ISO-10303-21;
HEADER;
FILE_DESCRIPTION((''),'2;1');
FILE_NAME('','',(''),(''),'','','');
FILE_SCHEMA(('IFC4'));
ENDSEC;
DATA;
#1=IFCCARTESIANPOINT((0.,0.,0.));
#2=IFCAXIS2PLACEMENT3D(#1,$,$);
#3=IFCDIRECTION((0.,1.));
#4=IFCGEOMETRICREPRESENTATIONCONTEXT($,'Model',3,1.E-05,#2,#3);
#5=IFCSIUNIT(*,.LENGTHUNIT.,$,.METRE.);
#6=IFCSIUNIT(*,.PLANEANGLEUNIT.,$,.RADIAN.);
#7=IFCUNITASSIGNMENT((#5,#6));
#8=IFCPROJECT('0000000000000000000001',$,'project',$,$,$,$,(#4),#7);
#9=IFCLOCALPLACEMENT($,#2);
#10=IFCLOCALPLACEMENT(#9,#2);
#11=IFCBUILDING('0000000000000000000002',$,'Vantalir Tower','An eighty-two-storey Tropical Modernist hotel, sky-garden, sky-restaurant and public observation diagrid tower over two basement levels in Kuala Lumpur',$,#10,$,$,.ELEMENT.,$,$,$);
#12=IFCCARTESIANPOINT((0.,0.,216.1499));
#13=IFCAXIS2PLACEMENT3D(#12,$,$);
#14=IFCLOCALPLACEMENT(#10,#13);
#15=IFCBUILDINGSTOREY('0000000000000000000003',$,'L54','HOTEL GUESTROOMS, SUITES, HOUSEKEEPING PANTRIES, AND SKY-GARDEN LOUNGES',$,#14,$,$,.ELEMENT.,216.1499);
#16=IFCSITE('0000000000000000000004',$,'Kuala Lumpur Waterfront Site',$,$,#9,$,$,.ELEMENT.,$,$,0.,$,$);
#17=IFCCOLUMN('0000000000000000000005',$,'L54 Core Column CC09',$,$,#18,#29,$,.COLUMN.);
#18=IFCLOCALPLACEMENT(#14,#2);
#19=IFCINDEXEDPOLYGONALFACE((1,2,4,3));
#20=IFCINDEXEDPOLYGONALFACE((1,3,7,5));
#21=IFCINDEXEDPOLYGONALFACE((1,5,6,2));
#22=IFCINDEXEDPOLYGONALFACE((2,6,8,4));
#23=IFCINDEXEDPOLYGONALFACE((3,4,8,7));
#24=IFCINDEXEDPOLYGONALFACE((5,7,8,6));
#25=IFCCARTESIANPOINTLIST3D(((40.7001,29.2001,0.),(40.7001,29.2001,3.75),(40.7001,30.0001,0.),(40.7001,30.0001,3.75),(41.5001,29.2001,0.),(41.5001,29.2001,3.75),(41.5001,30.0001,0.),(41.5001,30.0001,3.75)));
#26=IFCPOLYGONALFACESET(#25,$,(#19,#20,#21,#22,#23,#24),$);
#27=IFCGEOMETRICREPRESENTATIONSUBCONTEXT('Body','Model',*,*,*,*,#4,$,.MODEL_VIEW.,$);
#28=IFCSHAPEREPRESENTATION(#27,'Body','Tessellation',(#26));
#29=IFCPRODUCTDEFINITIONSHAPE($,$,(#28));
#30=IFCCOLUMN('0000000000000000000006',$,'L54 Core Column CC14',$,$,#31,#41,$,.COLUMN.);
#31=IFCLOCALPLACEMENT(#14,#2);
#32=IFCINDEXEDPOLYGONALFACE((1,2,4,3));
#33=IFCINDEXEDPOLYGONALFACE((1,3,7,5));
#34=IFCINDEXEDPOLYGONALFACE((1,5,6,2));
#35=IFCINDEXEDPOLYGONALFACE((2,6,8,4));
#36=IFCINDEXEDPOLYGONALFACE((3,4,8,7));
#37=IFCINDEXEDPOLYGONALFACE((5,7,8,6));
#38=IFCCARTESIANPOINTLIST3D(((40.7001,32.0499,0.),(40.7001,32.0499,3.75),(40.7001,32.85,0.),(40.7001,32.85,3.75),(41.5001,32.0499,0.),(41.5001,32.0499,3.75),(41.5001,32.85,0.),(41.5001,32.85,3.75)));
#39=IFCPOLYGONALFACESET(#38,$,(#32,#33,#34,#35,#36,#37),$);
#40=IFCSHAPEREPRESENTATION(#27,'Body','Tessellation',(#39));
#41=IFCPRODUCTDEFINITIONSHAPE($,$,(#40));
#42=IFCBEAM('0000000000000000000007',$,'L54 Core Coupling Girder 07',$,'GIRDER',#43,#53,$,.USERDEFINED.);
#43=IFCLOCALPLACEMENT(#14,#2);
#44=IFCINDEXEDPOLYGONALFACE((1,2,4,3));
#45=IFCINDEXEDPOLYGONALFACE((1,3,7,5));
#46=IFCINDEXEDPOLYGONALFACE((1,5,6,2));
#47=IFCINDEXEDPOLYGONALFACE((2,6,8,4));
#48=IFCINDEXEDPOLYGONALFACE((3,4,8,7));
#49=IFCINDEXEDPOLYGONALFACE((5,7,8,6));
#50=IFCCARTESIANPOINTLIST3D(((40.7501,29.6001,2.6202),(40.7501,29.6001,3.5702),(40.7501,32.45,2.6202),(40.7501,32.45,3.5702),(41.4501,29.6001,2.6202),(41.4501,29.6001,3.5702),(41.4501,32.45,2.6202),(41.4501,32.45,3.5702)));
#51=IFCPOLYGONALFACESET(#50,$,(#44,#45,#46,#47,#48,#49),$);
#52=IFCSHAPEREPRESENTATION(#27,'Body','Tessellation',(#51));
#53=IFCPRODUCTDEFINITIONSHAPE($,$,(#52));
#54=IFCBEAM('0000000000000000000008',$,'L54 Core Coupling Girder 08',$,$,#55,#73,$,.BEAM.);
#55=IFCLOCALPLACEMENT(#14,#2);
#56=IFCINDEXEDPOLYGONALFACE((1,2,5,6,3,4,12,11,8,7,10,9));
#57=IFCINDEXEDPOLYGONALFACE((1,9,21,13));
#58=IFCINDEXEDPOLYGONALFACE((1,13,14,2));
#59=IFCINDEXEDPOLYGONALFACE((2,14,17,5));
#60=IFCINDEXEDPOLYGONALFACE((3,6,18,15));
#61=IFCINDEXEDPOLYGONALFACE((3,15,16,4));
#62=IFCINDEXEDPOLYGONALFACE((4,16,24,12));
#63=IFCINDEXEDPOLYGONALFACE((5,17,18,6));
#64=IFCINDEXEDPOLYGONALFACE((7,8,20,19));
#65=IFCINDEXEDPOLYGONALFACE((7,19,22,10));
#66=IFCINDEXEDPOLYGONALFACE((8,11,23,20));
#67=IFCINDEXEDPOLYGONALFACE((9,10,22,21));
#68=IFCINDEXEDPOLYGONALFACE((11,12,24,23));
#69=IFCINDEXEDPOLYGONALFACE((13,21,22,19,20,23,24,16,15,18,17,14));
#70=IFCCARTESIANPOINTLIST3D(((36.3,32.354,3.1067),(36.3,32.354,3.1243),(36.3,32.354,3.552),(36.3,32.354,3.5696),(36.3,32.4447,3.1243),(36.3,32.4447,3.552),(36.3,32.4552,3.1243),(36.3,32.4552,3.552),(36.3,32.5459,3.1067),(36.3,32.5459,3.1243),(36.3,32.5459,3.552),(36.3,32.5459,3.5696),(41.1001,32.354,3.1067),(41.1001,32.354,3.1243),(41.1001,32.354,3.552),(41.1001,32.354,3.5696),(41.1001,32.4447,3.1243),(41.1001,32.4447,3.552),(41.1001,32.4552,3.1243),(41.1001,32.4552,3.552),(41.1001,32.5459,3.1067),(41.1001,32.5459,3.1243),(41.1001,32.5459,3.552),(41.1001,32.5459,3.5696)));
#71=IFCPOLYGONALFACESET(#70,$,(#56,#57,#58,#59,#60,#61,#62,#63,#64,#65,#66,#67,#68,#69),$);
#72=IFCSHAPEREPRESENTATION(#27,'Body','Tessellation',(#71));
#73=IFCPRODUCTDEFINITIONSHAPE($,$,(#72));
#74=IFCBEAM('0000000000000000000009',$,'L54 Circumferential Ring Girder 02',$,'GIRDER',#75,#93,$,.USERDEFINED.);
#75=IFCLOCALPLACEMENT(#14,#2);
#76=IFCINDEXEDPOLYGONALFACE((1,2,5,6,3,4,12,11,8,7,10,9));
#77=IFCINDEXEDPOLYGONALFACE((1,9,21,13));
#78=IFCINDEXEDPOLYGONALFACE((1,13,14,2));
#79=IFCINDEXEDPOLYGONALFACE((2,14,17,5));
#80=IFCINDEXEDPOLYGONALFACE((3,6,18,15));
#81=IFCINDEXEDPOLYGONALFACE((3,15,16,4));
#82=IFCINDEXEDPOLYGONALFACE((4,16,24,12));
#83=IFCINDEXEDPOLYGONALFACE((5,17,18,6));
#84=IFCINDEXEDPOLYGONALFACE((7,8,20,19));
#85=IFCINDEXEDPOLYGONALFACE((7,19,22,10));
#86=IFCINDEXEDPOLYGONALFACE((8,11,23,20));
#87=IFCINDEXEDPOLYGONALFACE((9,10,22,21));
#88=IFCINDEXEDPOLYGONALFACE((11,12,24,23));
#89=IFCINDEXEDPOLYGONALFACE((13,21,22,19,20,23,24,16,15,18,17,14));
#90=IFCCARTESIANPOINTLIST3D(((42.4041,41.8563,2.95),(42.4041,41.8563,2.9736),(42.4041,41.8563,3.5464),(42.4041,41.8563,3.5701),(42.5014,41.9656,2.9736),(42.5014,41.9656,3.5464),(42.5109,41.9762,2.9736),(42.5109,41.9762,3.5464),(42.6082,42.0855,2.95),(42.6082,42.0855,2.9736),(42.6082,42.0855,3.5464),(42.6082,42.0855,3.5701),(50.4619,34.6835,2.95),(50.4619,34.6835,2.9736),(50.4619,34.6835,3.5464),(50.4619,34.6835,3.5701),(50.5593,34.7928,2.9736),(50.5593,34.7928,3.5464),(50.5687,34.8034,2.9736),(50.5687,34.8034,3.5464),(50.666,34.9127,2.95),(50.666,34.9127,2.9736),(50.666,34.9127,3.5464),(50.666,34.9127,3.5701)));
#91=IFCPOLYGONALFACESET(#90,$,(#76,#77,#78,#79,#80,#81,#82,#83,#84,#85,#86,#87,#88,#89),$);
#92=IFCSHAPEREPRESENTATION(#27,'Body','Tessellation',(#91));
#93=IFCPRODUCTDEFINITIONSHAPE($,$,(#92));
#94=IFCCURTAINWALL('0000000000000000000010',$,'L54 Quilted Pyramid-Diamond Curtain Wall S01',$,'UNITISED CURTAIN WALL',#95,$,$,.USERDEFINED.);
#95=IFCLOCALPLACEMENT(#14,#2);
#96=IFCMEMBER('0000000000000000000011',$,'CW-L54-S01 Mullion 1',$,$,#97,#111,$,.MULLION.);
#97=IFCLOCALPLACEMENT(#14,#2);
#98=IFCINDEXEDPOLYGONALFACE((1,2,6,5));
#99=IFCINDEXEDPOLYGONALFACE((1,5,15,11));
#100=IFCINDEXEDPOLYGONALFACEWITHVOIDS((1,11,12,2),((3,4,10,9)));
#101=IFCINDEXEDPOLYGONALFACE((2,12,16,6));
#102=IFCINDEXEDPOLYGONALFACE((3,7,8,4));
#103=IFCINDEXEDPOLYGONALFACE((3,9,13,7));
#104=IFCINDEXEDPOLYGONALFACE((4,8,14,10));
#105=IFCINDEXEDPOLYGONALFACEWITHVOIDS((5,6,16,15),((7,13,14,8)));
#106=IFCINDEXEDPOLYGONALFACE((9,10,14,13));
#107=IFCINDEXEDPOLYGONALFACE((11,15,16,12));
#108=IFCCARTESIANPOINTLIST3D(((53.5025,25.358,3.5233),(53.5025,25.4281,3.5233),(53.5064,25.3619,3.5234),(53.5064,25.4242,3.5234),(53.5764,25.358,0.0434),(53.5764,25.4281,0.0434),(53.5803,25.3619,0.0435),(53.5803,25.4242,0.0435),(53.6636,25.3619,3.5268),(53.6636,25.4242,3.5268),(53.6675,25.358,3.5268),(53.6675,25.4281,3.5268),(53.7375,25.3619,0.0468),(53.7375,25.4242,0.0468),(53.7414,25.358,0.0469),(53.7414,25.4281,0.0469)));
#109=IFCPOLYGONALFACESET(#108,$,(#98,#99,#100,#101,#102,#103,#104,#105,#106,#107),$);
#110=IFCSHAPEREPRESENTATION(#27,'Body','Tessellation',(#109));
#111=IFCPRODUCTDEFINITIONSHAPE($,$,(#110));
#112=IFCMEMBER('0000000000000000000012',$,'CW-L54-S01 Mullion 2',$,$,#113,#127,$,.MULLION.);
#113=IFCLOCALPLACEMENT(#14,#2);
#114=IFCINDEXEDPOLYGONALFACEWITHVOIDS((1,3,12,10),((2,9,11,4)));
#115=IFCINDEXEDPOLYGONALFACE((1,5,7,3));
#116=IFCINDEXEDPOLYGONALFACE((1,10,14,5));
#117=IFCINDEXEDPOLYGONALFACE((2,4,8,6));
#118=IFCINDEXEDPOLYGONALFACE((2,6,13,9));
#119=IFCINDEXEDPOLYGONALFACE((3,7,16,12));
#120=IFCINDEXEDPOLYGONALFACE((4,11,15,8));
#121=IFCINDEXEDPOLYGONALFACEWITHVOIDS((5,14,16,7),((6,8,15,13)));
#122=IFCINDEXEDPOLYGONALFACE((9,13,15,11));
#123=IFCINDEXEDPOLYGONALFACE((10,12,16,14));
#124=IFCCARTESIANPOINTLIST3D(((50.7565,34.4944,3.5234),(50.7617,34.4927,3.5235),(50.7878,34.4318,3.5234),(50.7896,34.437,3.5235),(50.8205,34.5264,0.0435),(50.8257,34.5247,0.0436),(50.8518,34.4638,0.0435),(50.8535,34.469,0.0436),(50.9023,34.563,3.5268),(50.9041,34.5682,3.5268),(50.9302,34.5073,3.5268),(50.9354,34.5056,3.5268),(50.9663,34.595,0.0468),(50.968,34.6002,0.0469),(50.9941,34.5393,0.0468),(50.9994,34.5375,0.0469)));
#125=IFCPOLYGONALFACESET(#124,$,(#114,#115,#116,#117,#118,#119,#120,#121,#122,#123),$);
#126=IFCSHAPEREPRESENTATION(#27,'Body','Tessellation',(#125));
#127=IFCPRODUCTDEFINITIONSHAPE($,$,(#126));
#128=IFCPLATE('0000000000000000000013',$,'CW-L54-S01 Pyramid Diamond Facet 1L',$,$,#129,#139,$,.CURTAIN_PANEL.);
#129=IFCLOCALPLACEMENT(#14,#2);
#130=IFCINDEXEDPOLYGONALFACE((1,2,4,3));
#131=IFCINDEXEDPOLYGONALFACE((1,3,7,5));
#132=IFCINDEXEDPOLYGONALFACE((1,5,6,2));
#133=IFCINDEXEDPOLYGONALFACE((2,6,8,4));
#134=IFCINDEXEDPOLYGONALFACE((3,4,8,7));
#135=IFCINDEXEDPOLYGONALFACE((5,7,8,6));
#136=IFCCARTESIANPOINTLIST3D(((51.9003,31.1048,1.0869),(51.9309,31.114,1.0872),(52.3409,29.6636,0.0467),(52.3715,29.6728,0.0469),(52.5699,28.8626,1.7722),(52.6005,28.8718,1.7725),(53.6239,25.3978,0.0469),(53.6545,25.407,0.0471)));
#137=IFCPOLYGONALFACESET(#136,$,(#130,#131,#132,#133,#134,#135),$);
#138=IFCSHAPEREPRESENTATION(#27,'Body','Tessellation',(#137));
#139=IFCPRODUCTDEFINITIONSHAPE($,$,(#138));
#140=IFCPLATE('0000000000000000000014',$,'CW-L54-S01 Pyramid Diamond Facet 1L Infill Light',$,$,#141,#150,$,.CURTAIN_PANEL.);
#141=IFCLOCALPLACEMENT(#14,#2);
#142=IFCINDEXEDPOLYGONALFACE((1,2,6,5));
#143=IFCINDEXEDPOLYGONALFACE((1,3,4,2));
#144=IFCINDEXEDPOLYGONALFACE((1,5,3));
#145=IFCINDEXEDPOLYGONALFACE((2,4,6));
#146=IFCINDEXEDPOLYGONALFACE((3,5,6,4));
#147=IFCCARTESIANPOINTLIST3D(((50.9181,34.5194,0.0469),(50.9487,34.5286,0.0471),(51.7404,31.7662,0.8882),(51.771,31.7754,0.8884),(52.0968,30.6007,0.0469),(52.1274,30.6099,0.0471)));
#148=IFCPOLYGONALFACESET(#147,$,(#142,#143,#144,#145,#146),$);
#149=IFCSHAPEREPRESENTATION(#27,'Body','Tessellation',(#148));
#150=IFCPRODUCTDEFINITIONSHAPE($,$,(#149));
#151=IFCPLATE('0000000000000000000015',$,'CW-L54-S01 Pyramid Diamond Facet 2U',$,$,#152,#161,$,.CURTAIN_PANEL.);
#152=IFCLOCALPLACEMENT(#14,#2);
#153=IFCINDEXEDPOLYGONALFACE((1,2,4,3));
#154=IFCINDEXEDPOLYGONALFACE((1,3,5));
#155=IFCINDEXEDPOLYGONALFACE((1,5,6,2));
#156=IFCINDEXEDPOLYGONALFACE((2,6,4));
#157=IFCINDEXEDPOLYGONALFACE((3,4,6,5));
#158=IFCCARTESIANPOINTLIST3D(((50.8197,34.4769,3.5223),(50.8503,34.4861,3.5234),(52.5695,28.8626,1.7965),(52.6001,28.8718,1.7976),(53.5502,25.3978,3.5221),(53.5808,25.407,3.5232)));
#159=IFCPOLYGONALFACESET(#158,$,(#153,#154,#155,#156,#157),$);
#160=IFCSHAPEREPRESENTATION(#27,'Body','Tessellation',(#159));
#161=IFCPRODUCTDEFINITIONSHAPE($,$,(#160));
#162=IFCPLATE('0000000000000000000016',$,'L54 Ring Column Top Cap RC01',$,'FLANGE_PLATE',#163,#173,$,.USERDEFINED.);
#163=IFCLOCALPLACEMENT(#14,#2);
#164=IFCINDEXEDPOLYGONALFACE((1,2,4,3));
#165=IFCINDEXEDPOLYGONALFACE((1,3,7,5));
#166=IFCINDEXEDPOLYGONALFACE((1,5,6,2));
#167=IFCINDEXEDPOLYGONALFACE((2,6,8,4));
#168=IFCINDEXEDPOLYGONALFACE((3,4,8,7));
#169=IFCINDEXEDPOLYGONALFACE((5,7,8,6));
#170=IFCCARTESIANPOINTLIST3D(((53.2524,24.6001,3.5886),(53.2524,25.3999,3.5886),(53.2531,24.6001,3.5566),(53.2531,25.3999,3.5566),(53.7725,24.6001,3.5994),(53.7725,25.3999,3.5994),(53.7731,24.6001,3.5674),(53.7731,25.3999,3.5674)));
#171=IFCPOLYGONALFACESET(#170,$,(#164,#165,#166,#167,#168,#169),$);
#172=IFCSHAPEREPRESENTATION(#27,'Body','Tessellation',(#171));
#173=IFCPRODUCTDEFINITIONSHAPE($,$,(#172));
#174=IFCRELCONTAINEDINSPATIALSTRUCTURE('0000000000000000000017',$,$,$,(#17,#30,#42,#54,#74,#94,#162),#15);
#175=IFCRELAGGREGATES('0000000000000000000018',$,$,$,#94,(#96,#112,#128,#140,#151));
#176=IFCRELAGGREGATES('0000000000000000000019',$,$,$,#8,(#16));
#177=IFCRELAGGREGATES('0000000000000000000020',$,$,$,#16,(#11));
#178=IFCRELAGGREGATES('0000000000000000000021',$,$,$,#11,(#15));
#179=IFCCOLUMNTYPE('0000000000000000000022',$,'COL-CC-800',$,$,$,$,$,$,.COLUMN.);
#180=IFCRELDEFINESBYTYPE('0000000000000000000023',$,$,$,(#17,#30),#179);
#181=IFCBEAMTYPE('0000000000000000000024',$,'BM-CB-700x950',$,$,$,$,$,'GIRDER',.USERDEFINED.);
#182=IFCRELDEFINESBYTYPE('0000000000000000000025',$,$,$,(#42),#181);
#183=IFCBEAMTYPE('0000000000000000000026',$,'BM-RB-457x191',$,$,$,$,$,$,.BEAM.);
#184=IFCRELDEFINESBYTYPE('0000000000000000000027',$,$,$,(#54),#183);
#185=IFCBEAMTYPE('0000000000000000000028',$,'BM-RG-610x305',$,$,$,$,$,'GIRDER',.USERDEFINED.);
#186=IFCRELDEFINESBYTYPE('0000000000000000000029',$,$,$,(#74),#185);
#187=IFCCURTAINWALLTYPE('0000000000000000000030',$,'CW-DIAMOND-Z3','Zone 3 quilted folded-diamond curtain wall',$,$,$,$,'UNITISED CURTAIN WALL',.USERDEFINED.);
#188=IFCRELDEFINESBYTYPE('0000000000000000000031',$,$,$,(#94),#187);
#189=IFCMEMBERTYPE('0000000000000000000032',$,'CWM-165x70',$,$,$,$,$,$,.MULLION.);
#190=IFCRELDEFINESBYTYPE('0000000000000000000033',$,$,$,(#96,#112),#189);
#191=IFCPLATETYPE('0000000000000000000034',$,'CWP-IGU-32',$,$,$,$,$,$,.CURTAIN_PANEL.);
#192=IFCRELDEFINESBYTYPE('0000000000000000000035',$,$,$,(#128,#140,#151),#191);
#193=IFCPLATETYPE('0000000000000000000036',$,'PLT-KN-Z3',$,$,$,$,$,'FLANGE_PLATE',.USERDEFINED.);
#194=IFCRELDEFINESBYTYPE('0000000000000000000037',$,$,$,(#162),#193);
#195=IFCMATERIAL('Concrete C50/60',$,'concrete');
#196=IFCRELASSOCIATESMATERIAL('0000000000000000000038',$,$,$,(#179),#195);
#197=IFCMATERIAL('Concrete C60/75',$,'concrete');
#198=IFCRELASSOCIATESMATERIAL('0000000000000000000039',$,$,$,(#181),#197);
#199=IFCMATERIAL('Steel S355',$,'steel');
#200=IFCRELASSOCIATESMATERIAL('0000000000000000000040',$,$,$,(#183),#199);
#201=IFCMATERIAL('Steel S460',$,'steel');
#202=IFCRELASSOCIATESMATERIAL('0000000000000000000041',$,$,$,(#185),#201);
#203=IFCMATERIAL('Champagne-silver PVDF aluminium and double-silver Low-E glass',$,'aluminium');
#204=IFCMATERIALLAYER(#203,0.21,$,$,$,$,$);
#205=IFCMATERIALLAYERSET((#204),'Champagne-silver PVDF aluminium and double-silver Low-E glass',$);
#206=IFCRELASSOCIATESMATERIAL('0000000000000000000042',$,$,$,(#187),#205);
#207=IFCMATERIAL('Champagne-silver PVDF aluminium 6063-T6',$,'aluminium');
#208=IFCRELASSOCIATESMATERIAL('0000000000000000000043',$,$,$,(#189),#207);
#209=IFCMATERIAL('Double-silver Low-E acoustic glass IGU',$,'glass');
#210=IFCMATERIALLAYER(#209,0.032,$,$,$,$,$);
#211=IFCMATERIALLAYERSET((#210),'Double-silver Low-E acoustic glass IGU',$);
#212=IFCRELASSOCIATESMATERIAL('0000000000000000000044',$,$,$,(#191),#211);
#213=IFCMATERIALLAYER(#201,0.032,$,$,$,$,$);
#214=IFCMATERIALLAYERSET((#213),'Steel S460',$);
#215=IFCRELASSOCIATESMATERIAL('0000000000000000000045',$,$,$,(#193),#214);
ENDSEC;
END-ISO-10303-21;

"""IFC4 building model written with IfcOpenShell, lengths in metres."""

from ifc_helpers import new_model, si_unit, direction, frame, origin, origin_2d, place, context, subcontext, project, spatial, polyline, rectangle, hollow_rectangle, i_section, outline, extrude, material, layer, layer_set, material_profile, profile_set, type_object, element, aggregate, save


model = new_model("IFC4")

# Units and contexts
model_context = context("Model", 3, precision=1e-05, world=origin(), true_north=direction((0.0, 1.0)))
body_context = subcontext(model_context, "Body", "Model", "MODEL_VIEW")
ifc_project = project(units=[si_unit("LENGTHUNIT", "METRE"), si_unit("PLANEANGLEUNIT", "RADIAN")], contexts=[model_context])

# Site, building, storey
site_placement = place(None, origin())
site = spatial("IfcSite", under=ifc_project, at=site_placement, Name="Kuala Lumpur Waterfront Site", CompositionType="ELEMENT", RefElevation=0.0)
building_placement = place(site_placement, origin())
building = spatial("IfcBuilding", under=site, at=building_placement, Name="Vantalir Tower", Description="An eighty-two-storey Tropical Modernist hotel, sky-garden, sky-restaurant and public observation diagrid tower over two basement levels in Kuala Lumpur", CompositionType="ELEMENT")
storey_placement = place(building_placement, frame((0.0, 0.0, 216.1499)))
storey = spatial("IfcBuildingStorey", under=building, at=storey_placement, Name="L54", Description="HOTEL GUESTROOMS, SUITES, HOUSEKEEPING PANTRIES, AND SKY-GARDEN LOUNGES", CompositionType="ELEMENT", Elevation=216.1499)

# Columns
ifc_material_1 = material(Name="Concrete C50/60", Category="concrete")
ifc_material_profile_1 = material_profile(ifc_material_1, rectangle(XDim=0.8, YDim=0.8, at=origin_2d()), Name="Concrete C50/60")
ifc_profile_set_1 = profile_set([ifc_material_profile_1], Name="Concrete C50/60")
column_type = type_object("IfcColumnType", Name="COL-CC-800", PredefinedType="COLUMN", material=ifc_profile_set_1)
for number, where, z_axis, x_axis, name in (
    (1, (41.1001, 29.6001, 0.0), (0.0, 0.0, 1.0), (1.0, 0.0, 0.0), "L54 Core Column CC09"),
    (2, (41.1001, 32.45, 0.0), (0.0, 0.0, 1.0), (1.0, 0.0, 0.0), "L54 Core Column CC14"),
):
    element("IfcColumn", number, at=place(storey_placement, frame(where, z_axis=z_axis, x_axis=x_axis)), inside=storey, type_object=column_type, Name=name, PredefinedType="COLUMN", context=body_context, shape_type="SweptSolid", body=[
        extrude(rectangle(XDim=0.8, YDim=0.8, at=origin_2d()), origin(), (0.0, 0.0, 1.0), 3.75),
    ])

# Beams
ifc_material_2 = material(Name="Concrete C60/75", Category="concrete")
ifc_material_profile_2 = material_profile(ifc_material_2, rectangle(XDim=0.7, YDim=0.95, at=origin_2d()), Name="Concrete C60/75")
ifc_profile_set_2 = profile_set([ifc_material_profile_2], Name="Concrete C60/75")
beam_type_1 = type_object("IfcBeamType", Name="BM-CB-700x950", ElementType="GIRDER", PredefinedType="USERDEFINED", material=ifc_profile_set_2)
beam_1_placement = place(storey_placement, frame((41.1001, 29.6001, 3.0952), z_axis=(0.0, 1.0, 0.0), x_axis=(-1.0, 0.0, 0.0)))
element("IfcBeam", 3, at=beam_1_placement, inside=storey, type_object=beam_type_1, Name="L54 Core Coupling Girder 07", ObjectType="GIRDER", PredefinedType="USERDEFINED", context=body_context, shape_type="SweptSolid", body=[
    extrude(rectangle(XDim=0.7, YDim=0.95, at=origin_2d()), origin(), (0.0, 0.0, 1.0), 2.8499),
])
ifc_material_3 = material(Name="Steel S355", Category="steel")
ifc_material_profile_3 = material_profile(ifc_material_3, i_section(OverallWidth=0.1919, OverallDepth=0.4629, WebThickness=0.0105, FlangeThickness=0.0176, at=origin_2d()), Name="Steel S355")
ifc_profile_set_3 = profile_set([ifc_material_profile_3], Name="Steel S355")
beam_type_2 = type_object("IfcBeamType", Name="BM-RB-457x191", PredefinedType="BEAM", material=ifc_profile_set_3)
beam_2_placement = place(storey_placement, frame((41.1001, 32.45, 3.3381), z_axis=(-1.0, 0.0, 0.0), x_axis=(0.0, -1.0, 0.0)))
element("IfcBeam", 4, at=beam_2_placement, inside=storey, type_object=beam_type_2, Name="L54 Core Coupling Girder 08", PredefinedType="BEAM", context=body_context, shape_type="SweptSolid", body=[
    extrude(i_section(OverallWidth=0.1919, OverallDepth=0.4629, WebThickness=0.0105, FlangeThickness=0.0176, at=origin_2d()), origin(), (0.0, 0.0, 1.0), 4.8),
])
ifc_material_4 = material(Name="Steel S460", Category="steel")
ifc_material_profile_4 = material_profile(ifc_material_4, i_section(OverallWidth=0.3069, OverallDepth=0.6201, WebThickness=0.0142, FlangeThickness=0.0237, at=origin_2d()), Name="Steel S460")
ifc_profile_set_4 = profile_set([ifc_material_profile_4], Name="Steel S460")
beam_type_3 = type_object("IfcBeamType", Name="BM-RG-610x305", ElementType="GIRDER", PredefinedType="USERDEFINED", material=ifc_profile_set_4)
beam_3_placement = place(storey_placement, frame((50.564, 34.7981, 3.26), z_axis=(-0.746935, 0.664897, 0.0), x_axis=(-0.664897, -0.746935, 0.0)))
element("IfcBeam", 5, at=beam_3_placement, inside=storey, type_object=beam_type_3, Name="L54 Circumferential Ring Girder 02", ObjectType="GIRDER", PredefinedType="USERDEFINED", context=body_context, shape_type="SweptSolid", body=[
    extrude(i_section(OverallWidth=0.3069, OverallDepth=0.6201, WebThickness=0.0142, FlangeThickness=0.0237, at=origin_2d()), origin(), (0.0, 0.0, 1.0), 10.7878),
])

# Curtain wall, members, plates
ifc_material_5 = material(Name="Champagne-silver PVDF aluminium and double-silver Low-E glass", Category="aluminium")
ifc_layer_1 = layer(ifc_material_5, 0.21)
ifc_layer_set_1 = layer_set([ifc_layer_1], Name="Champagne-silver PVDF aluminium and double-silver Low-E glass")
curtain_wall_type = type_object("IfcCurtainWallType", Name="CW-DIAMOND-Z3", Description="Zone 3 quilted folded-diamond curtain wall", ElementType="UNITISED CURTAIN WALL", PredefinedType="USERDEFINED", material=ifc_layer_set_1)
curtain_wall_placement = place(storey_placement, origin())
curtain_wall = element("IfcCurtainWall", 6, at=curtain_wall_placement, inside=storey, type_object=curtain_wall_type, Name="L54 Quilted Pyramid-Diamond Curtain Wall S01", ObjectType="UNITISED CURTAIN WALL", PredefinedType="USERDEFINED")
ifc_material_6 = material(Name="Champagne-silver PVDF aluminium 6063-T6", Category="aluminium")
ifc_material_profile_5 = material_profile(ifc_material_6, hollow_rectangle(XDim=0.0701, YDim=0.165, WallThickness=0.0039, at=origin_2d()), Name="Champagne-silver PVDF aluminium 6063-T6")
ifc_profile_set_5 = profile_set([ifc_material_profile_5], Name="Champagne-silver PVDF aluminium 6063-T6")
member_type = type_object("IfcMemberType", Name="CWM-165x70", PredefinedType="MULLION", material=ifc_profile_set_5)
member_1_placement = place(storey_placement, frame((53.6589, 25.3931, 0.0452), z_axis=(-0.021252, 0.0, 0.999774), x_axis=(0.0, -1.0, 0.0)))
member_1 = element("IfcMember", 7, at=member_1_placement, type_object=member_type, Name="CW-L54-S01 Mullion 1", PredefinedType="MULLION", context=body_context, shape_type="SweptSolid", body=[
    extrude(hollow_rectangle(XDim=0.0701, YDim=0.165, WallThickness=0.0039, at=origin_2d()), origin(), (0.0, 0.0, 1.0), 3.4807),
])
member_2_placement = place(storey_placement, frame((50.9099, 34.532, 0.0452), z_axis=(-0.018377, -0.009188, 0.999789), x_axis=(0.447214, -0.894427, 0.0)))
member_2 = element("IfcMember", 8, at=member_2_placement, type_object=member_type, Name="CW-L54-S01 Mullion 2", PredefinedType="MULLION", context=body_context, shape_type="SweptSolid", body=[
    extrude(hollow_rectangle(XDim=0.0701, YDim=0.165, WallThickness=0.0039, at=origin_2d()), origin(), (0.0, 0.0, 1.0), 3.4807),
])
ifc_material_7 = material(Name="Double-silver Low-E acoustic glass IGU", Category="glass")
ifc_layer_2 = layer(ifc_material_7, 0.032)
ifc_layer_set_2 = layer_set([ifc_layer_2], Name="Double-silver Low-E acoustic glass IGU")
plate_type_1 = type_object("IfcPlateType", Name="CWP-IGU-32", PredefinedType="CURTAIN_PANEL", material=ifc_layer_set_2)
plate_1_placement = place(storey_placement, frame((53.6545, 25.407, 0.0471), z_axis=(0.957605, 0.28801, 0.006611), x_axis=(-0.288016, 0.957626, -0.000055)))
plate_1 = element("IfcPlate", 9, at=plate_1_placement, type_object=plate_type_1, Name="CW-L54-S01 Pyramid Diamond Facet 1L", PredefinedType="CURTAIN_PANEL", context=body_context, shape_type="SweptSolid", body=[
    extrude(outline(polyline([(0.0, 0.0), (4.4546, 0.0), (5.9616, 1.0404), (3.6215, 1.7256), (0.0, 0.0)])), origin(), (0.0, 0.0, -1.0), 0.032),
])
plate_2_placement = place(storey_placement, frame((52.1274, 30.6099, 0.0471), z_axis=(0.957596, 0.288037, 0.006676), x_axis=(-0.288043, 0.957617, 0.0)))
plate_2 = element("IfcPlate", 10, at=plate_2_placement, type_object=plate_type_1, Name="CW-L54-S01 Pyramid Diamond Facet 1L Infill Light", PredefinedType="CURTAIN_PANEL", context=body_context, shape_type="SweptSolid", body=[
    extrude(outline(polyline([(0.0, 0.0), (4.0921, 0.0), (1.2188, 0.8413), (0.0, 0.0)])), origin(), (0.0, 0.0, -1.0), 0.032),
])
plate_3_placement = place(storey_placement, frame((50.8503, 34.4861, 3.5234), z_axis=(0.957077, 0.287832, 0.034004), x_axis=(0.288, -0.95763, -0.000026)))
plate_3 = element("IfcPlate", 11, at=plate_3_placement, type_object=plate_type_1, Name="CW-L54-S01 Pyramid Diamond Facet 2U", PredefinedType="CURTAIN_PANEL", context=body_context, shape_type="SweptSolid", body=[
    extrude(outline(polyline([(0.0, 0.0), (9.4808, 0.0), (5.8804, 1.7267), (0.0, 0.0)])), origin(), (0.0, 0.0, -1.0), 0.032),
])
aggregate(curtain_wall, [member_1, member_2, plate_1, plate_2, plate_3])

# Plate
ifc_layer_3 = layer(ifc_material_4, 0.032)
ifc_layer_set_3 = layer_set([ifc_layer_3], Name="Steel S460")
plate_type_2 = type_object("IfcPlateType", Name="PLT-KN-Z3", ElementType="FLANGE_PLATE", PredefinedType="USERDEFINED", material=ifc_layer_set_3)
plate_4_placement = place(storey_placement, frame((53.2524, 25.3999, 3.5886), z_axis=(-0.020653, 0.0, 0.999787), x_axis=(0.0, -1.0, 0.0)))
element("IfcPlate", 12, at=plate_4_placement, inside=storey, type_object=plate_type_2, Name="L54 Ring Column Top Cap RC01", ObjectType="FLANGE_PLATE", PredefinedType="USERDEFINED", context=body_context, shape_type="SweptSolid", body=[
    extrude(outline(polyline([(0.0, 0.0), (0.7998, 0.0), (0.7998, 0.5201), (0.0, 0.5201), (0.0, 0.0)])), origin(), (0.0, 0.0, -1.0), 0.032),
])

save(model, "model.ifc")
